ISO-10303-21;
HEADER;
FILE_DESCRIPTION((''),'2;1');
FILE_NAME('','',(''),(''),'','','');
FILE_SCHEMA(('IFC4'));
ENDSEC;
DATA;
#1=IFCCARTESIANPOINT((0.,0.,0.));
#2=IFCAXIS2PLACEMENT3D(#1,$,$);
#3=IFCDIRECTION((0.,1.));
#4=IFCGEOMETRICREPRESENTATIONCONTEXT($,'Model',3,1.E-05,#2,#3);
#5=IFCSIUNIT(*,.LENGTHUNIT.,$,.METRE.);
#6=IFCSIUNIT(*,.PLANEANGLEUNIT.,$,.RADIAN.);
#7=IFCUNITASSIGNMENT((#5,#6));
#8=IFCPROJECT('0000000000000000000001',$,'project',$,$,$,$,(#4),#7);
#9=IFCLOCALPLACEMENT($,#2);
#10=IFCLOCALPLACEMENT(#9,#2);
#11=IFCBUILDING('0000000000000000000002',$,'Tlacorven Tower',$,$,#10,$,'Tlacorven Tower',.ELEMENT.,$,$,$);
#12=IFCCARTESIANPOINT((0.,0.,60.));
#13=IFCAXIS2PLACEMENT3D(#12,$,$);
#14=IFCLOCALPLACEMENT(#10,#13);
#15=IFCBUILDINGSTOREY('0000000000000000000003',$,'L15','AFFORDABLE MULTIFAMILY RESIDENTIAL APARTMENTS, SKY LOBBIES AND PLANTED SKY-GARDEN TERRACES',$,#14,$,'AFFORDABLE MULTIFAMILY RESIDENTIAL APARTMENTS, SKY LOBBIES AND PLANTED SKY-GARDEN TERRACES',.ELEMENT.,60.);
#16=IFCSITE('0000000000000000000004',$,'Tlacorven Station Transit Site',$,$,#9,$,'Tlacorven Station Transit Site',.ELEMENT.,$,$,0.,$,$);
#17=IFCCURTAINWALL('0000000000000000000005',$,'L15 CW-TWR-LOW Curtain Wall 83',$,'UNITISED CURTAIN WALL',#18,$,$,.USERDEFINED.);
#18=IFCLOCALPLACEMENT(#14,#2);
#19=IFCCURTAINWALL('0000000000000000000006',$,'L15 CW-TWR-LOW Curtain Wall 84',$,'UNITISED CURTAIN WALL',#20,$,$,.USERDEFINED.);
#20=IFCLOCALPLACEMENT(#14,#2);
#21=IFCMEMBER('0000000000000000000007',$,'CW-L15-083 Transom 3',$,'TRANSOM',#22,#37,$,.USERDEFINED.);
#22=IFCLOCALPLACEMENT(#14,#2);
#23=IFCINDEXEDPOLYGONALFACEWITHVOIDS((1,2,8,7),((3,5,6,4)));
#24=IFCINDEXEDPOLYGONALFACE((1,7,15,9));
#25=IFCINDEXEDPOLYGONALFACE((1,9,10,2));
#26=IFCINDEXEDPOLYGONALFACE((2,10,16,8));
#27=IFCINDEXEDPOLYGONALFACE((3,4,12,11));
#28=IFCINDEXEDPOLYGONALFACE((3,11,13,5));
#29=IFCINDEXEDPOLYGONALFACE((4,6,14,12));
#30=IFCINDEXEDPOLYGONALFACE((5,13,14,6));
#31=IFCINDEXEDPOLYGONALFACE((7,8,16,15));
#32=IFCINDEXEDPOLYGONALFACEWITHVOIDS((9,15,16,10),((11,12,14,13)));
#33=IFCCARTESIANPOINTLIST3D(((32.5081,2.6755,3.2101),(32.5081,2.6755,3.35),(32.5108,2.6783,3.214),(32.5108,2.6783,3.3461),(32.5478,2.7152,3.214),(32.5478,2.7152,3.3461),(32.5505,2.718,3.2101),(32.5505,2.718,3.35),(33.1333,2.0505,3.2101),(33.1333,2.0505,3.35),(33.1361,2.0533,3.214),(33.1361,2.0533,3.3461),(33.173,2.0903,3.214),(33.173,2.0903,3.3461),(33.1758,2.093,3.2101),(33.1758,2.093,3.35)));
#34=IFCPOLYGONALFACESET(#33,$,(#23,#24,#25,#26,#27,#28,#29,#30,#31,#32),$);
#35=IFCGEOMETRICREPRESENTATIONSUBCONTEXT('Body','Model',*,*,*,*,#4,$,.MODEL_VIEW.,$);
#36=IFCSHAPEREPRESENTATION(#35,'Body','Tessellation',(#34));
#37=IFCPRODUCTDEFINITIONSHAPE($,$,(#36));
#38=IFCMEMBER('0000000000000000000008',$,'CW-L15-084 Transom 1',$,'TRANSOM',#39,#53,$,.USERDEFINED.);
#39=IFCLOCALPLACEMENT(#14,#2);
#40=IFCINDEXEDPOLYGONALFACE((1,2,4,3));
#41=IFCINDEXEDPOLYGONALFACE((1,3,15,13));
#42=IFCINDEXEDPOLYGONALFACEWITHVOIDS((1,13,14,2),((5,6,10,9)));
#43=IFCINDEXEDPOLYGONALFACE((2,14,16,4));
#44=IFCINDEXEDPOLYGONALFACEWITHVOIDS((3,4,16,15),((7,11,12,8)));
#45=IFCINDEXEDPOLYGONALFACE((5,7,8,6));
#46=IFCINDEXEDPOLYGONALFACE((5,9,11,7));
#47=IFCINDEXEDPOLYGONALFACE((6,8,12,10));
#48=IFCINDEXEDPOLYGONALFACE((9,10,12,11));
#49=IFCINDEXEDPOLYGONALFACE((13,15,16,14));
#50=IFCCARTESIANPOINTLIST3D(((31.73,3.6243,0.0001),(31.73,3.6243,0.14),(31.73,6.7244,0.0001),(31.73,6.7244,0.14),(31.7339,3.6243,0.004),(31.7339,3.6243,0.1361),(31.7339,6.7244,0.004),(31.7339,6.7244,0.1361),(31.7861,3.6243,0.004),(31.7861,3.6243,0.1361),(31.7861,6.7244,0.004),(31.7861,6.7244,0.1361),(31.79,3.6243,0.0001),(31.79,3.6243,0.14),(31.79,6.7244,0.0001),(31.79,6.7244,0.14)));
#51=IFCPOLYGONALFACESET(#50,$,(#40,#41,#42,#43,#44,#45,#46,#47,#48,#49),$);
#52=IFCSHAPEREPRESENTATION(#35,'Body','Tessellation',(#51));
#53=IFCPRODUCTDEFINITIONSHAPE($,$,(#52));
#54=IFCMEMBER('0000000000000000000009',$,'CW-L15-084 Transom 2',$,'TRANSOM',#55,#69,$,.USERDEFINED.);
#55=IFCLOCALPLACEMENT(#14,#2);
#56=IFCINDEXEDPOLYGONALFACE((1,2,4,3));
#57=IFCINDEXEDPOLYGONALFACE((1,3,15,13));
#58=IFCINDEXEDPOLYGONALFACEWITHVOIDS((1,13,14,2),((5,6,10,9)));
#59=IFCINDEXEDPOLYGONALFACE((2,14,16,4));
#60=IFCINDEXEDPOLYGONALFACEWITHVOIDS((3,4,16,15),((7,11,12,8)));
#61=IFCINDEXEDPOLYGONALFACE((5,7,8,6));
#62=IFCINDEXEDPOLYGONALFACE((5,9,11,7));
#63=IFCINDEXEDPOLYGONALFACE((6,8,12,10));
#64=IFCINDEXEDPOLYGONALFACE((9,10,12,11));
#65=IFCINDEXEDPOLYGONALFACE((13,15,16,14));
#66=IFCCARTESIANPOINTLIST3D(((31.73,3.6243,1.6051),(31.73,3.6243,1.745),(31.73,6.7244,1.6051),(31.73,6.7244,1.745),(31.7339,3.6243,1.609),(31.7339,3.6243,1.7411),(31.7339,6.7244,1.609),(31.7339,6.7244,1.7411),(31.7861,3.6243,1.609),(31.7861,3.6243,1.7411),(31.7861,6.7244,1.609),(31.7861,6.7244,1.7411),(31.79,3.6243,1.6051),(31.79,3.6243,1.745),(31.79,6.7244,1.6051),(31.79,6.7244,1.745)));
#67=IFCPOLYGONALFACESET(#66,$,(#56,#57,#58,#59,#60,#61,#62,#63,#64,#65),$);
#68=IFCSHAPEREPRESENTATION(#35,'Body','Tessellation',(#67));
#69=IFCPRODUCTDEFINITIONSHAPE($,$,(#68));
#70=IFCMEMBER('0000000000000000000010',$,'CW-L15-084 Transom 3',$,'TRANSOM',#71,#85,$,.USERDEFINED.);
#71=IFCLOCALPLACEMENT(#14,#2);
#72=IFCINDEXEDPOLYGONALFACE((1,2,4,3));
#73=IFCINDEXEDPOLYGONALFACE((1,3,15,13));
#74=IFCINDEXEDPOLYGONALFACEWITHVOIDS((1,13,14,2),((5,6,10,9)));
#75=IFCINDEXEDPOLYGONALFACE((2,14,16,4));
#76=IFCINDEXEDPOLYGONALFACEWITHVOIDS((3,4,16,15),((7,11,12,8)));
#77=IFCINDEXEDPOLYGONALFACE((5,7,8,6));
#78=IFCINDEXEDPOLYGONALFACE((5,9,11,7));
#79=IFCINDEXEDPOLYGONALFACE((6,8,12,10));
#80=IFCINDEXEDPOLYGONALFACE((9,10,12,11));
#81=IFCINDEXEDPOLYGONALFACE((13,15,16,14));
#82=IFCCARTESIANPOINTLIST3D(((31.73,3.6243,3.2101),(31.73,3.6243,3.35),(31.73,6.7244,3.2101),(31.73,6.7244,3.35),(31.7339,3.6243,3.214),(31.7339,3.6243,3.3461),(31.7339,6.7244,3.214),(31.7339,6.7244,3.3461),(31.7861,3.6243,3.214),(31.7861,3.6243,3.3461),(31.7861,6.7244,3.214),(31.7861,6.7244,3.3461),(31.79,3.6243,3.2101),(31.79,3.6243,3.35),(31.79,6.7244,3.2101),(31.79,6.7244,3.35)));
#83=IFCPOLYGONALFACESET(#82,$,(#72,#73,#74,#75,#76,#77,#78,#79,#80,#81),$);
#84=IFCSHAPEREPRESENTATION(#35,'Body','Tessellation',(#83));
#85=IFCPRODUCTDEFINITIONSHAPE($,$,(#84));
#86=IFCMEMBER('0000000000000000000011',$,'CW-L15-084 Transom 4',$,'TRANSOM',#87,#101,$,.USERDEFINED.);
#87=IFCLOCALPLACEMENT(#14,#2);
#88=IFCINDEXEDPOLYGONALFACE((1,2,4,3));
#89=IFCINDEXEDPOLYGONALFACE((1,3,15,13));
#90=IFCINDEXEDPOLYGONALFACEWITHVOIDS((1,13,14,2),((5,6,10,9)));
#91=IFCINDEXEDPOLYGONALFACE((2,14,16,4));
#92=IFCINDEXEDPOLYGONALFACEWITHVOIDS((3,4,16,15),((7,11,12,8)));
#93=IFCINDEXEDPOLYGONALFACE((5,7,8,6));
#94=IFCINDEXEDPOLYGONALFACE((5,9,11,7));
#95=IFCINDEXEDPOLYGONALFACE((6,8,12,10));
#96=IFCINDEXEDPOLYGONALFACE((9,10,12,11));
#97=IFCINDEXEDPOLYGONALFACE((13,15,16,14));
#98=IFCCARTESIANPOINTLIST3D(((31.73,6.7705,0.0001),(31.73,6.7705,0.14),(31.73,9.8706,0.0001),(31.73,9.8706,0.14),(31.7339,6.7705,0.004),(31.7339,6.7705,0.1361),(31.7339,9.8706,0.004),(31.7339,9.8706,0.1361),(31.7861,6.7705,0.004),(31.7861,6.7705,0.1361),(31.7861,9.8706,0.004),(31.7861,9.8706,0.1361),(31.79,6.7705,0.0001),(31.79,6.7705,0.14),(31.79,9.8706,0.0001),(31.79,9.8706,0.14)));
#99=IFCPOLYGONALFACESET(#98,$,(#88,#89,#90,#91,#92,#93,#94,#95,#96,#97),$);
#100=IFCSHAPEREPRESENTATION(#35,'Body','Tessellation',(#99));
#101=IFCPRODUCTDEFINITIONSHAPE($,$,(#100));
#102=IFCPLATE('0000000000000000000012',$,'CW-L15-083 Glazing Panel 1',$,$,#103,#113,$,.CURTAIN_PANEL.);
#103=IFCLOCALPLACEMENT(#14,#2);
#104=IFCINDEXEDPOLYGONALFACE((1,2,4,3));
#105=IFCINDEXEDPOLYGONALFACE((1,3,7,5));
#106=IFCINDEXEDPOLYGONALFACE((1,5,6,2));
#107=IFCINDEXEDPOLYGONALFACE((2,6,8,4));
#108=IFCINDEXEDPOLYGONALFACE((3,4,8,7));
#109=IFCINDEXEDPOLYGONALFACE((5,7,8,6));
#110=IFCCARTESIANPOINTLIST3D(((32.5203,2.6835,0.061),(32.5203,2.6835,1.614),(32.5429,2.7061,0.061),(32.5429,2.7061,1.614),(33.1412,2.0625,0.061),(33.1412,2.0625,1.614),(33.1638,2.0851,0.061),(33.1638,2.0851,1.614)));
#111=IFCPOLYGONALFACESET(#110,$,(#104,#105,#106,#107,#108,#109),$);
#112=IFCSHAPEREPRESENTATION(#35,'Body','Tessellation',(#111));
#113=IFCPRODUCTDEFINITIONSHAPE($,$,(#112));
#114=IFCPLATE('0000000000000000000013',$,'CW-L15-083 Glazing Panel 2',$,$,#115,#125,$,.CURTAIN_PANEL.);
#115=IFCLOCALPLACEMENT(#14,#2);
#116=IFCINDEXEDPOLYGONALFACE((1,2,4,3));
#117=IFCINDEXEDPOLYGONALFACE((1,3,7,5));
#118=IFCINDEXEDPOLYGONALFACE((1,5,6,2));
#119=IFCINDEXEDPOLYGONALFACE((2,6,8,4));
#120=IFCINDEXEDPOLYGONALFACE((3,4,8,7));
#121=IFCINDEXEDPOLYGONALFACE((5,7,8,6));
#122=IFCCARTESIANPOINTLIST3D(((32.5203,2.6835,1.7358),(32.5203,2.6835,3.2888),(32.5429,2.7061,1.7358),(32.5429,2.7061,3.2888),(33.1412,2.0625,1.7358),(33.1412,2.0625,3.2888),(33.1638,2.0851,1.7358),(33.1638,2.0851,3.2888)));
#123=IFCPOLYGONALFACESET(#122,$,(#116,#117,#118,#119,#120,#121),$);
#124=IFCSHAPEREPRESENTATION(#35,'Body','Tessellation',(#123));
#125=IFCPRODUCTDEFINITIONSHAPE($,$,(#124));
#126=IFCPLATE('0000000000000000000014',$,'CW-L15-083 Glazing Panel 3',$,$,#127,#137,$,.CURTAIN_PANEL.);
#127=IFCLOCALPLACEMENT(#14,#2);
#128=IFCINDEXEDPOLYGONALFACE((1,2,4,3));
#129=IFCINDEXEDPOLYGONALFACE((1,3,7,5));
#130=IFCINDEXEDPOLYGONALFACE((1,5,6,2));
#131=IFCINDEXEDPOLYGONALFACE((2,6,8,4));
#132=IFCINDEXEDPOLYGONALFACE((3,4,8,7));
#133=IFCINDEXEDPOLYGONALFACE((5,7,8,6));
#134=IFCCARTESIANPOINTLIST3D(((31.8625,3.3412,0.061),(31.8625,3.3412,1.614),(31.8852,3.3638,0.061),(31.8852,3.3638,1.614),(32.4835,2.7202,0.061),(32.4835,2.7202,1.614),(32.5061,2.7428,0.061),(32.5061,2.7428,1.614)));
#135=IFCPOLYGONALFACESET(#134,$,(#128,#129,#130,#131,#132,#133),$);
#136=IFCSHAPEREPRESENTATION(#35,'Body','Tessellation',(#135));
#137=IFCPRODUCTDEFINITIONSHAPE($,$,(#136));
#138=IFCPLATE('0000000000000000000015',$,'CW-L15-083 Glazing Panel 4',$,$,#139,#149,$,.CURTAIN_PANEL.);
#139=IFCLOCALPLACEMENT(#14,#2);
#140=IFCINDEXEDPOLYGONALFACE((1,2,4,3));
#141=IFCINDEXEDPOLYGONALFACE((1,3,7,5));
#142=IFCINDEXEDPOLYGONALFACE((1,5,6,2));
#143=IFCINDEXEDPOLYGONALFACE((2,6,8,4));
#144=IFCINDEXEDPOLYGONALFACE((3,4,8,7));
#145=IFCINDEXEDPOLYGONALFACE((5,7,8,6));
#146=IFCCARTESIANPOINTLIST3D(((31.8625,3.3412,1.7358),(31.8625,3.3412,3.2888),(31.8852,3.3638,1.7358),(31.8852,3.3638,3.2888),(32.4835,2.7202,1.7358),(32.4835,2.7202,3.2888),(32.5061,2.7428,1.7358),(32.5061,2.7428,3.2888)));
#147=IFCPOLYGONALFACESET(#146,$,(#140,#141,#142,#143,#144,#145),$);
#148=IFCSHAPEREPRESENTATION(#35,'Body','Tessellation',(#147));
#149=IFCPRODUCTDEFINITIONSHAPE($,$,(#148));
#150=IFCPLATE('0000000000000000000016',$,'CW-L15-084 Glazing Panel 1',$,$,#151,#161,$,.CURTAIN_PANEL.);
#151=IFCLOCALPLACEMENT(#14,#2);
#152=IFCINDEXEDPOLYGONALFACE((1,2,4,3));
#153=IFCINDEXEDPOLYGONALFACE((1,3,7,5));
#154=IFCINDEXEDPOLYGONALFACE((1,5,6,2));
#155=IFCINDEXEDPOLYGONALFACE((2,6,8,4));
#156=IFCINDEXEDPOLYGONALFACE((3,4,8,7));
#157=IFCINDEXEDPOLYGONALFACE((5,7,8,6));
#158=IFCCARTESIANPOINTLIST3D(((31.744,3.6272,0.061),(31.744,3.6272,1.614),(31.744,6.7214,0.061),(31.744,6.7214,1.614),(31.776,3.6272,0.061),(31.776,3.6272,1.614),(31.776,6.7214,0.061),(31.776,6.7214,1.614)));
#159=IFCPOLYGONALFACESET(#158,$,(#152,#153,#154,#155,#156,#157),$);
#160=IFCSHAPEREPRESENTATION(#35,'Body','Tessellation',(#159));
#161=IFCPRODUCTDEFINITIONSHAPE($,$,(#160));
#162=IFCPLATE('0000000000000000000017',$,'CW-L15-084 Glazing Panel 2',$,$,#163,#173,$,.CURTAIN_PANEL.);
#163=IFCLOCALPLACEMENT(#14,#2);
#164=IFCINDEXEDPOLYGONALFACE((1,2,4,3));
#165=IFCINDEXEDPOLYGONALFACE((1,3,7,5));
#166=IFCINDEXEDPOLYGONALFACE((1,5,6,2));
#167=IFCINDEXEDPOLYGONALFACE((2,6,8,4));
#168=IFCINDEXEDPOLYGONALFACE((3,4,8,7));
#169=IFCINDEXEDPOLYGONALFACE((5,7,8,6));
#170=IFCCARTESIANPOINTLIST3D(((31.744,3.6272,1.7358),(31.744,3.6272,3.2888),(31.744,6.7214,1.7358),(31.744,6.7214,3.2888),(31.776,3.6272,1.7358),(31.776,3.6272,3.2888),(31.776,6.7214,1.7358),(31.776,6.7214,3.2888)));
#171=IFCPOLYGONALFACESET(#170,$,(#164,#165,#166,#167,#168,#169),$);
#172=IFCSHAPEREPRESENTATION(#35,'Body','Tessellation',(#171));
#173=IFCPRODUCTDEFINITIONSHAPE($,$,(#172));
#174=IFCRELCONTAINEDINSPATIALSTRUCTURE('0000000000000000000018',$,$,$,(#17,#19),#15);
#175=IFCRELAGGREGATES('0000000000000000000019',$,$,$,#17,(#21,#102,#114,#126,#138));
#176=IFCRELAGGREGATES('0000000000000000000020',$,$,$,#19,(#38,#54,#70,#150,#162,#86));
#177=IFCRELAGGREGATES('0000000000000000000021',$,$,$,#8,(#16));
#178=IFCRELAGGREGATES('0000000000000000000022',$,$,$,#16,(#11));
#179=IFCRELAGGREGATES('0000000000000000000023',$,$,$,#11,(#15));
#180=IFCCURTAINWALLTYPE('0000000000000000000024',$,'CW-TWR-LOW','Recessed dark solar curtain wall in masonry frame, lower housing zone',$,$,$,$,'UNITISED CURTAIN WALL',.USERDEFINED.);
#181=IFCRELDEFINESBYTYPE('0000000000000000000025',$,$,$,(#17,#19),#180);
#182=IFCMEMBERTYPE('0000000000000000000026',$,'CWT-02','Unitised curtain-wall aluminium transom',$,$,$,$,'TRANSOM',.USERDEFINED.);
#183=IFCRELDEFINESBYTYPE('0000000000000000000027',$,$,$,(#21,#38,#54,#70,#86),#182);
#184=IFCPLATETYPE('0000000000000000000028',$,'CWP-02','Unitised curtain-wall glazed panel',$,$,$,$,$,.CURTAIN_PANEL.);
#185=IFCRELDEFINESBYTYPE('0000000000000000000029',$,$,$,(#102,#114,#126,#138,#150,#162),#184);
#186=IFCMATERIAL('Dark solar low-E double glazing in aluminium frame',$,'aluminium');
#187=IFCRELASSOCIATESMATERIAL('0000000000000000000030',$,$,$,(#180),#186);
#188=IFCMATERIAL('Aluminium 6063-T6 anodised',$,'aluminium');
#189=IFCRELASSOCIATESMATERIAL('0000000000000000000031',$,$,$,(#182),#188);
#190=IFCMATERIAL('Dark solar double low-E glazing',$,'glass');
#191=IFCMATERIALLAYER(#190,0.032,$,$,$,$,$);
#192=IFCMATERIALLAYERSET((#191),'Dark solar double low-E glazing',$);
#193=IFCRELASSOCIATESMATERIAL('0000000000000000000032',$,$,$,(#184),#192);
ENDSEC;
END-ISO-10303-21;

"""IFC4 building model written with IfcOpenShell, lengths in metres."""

from ifc_helpers import new_model, si_unit, direction, frame, origin, origin_2d, place, context, subcontext, project, spatial, rectangle, hollow_rectangle, extrude, source, transform, mapped, material, layer, layer_set, material_profile, profile_set, type_object, element, aggregate, save


model = new_model("IFC4")

# Units and contexts
model_context = context("Model", 3, precision=1e-05, world=origin(), true_north=direction((0.0, 1.0)))
body_context = subcontext(model_context, "Body", "Model", "MODEL_VIEW")
ifc_project = project(units=[si_unit("LENGTHUNIT", "METRE"), si_unit("PLANEANGLEUNIT", "RADIAN")], contexts=[model_context])

# Site, building, storey
site_placement = place(None, origin())
site = spatial("IfcSite", under=ifc_project, at=site_placement, Name="Tlacorven Station Transit Site", LongName="Tlacorven Station Transit Site", CompositionType="ELEMENT", RefElevation=0.0)
building_placement = place(site_placement, origin())
building = spatial("IfcBuilding", under=site, at=building_placement, Name="Tlacorven Tower", LongName="Tlacorven Tower", CompositionType="ELEMENT")
storey_placement = place(building_placement, frame((0.0, 0.0, 60.0)))
storey = spatial("IfcBuildingStorey", under=building, at=storey_placement, Name="L15", Description="AFFORDABLE MULTIFAMILY RESIDENTIAL APARTMENTS, SKY LOBBIES AND PLANTED SKY-GARDEN TERRACES", LongName="AFFORDABLE MULTIFAMILY RESIDENTIAL APARTMENTS, SKY LOBBIES AND PLANTED SKY-GARDEN TERRACES", CompositionType="ELEMENT", Elevation=60.0)

# Shared definitions
ifc_material_1 = material(Name="Dark solar low-E double glazing in aluminium frame", Category="aluminium")
curtain_wall_type = type_object("IfcCurtainWallType", Name="CW-TWR-LOW", Description="Recessed dark solar curtain wall in masonry frame, lower housing zone", ElementType="UNITISED CURTAIN WALL", PredefinedType="USERDEFINED", material=ifc_material_1)
ifc_material_2 = material(Name="Aluminium 6063-T6 anodised", Category="aluminium")

# Curtain walls
curtain_wall_1_placement = place(storey_placement, origin())
curtain_wall_1 = element("IfcCurtainWall", 1, at=curtain_wall_1_placement, inside=storey, type_object=curtain_wall_type, Name="L15 CW-TWR-LOW Curtain Wall 83", ObjectType="UNITISED CURTAIN WALL", PredefinedType="USERDEFINED")
curtain_wall_2_placement = place(storey_placement, origin())
curtain_wall_2 = element("IfcCurtainWall", 2, at=curtain_wall_2_placement, inside=storey, type_object=curtain_wall_type, Name="L15 CW-TWR-LOW Curtain Wall 84", ObjectType="UNITISED CURTAIN WALL", PredefinedType="USERDEFINED")

# Members
ifc_material_profile_1 = material_profile(ifc_material_2, hollow_rectangle(XDim=0.0601, YDim=0.1399, WallThickness=0.0039, at=origin_2d()), Name="ALU TRANSOM 60X140")
ifc_profile_set_1 = profile_set([ifc_material_profile_1], Name="Aluminium 6063-T6 anodised")
member_type_1 = type_object("IfcMemberType", Name="CWT-02", Description="Unitised curtain-wall aluminium transom", ElementType="TRANSOM", PredefinedType="USERDEFINED", material=ifc_profile_set_1)
shared_shape_1 = source(origin(), body_context, "Body", "SweptSolid", [
    extrude(hollow_rectangle(XDim=0.0601, YDim=0.1399, WallThickness=0.0039, at=origin_2d()), origin(), (0.0, 0.0, 1.0), 0.884),
])
member_1_placement = place(storey_placement, frame((33.1545, 2.0718, 3.28), z_axis=(-0.707245, 0.706969, 0.0), x_axis=(-0.706969, -0.707245, 0.0)))
member_1 = element("IfcMember", 3, at=member_1_placement, type_object=member_type_1, Name="CW-L15-083 Transom 3", ObjectType="TRANSOM", PredefinedType="USERDEFINED", context=body_context, shape_type="MappedRepresentation", body=[
    mapped(shared_shape_1, transform((0.0, 0.0, 0.0), scale=1.0)),
])
shared_shape_2 = source(origin(), body_context, "Body", "SweptSolid", [
    extrude(hollow_rectangle(XDim=0.0601, YDim=0.1399, WallThickness=0.0039, at=origin_2d()), origin(), (0.0, 0.0, 1.0), 3.1001),
])
member_2_placement = place(storey_placement, frame((31.76, 3.6243, 0.0701), z_axis=(0.0, 1.0, 0.0), x_axis=(-1.0, 0.0, 0.0)))
member_2 = element("IfcMember", 4, at=member_2_placement, type_object=member_type_1, Name="CW-L15-084 Transom 1", ObjectType="TRANSOM", PredefinedType="USERDEFINED", context=body_context, shape_type="MappedRepresentation", body=[
    mapped(shared_shape_2, transform((0.0, 0.0, 0.0), scale=1.0)),
])
member_3_placement = place(storey_placement, frame((31.76, 3.6243, 1.675), z_axis=(0.0, 1.0, 0.0), x_axis=(-1.0, 0.0, 0.0)))
member_3 = element("IfcMember", 5, at=member_3_placement, type_object=member_type_1, Name="CW-L15-084 Transom 2", ObjectType="TRANSOM", PredefinedType="USERDEFINED", context=body_context, shape_type="MappedRepresentation", body=[
    mapped(shared_shape_2, transform((0.0, 0.0, 0.0), scale=1.0)),
])
member_4_placement = place(storey_placement, frame((31.76, 3.6243, 3.28), z_axis=(0.0, 1.0, 0.0), x_axis=(-1.0, 0.0, 0.0)))
member_4 = element("IfcMember", 6, at=member_4_placement, type_object=member_type_1, Name="CW-L15-084 Transom 3", ObjectType="TRANSOM", PredefinedType="USERDEFINED", context=body_context, shape_type="MappedRepresentation", body=[
    mapped(shared_shape_2, transform((0.0, 0.0, 0.0), scale=1.0)),
])
member_5_placement = place(storey_placement, frame((31.76, 6.7705, 0.0701), z_axis=(0.0, 1.0, 0.0), x_axis=(-1.0, 0.0, 0.0)))
member_5 = element("IfcMember", 7, at=member_5_placement, type_object=member_type_1, Name="CW-L15-084 Transom 4", ObjectType="TRANSOM", PredefinedType="USERDEFINED", context=body_context, shape_type="MappedRepresentation", body=[
    mapped(shared_shape_2, transform((0.0, 0.0, 0.0), scale=1.0)),
])

# Plates
ifc_material_3 = material(Name="Dark solar double low-E glazing", Category="glass")
ifc_layer = layer(ifc_material_3, 0.032)
ifc_layer_set = layer_set([ifc_layer], Name="Dark solar double low-E glazing")
plate_type = type_object("IfcPlateType", Name="CWP-02", Description="Unitised curtain-wall glazed panel", PredefinedType="CURTAIN_PANEL", material=ifc_layer_set)
shared_shape_3 = source(origin(), body_context, "Body", "SweptSolid", [
    extrude(rectangle(XDim=0.8782, YDim=0.032, at=origin_2d()), origin(), (0.0, 0.0, 1.0), 1.553),
])
plate_1_placement = place(storey_placement, frame((32.842, 2.3843, 0.061), z_axis=(0.0, 0.0, 1.0), x_axis=(-0.707107, 0.707107, 0.0)))
plate_1 = element("IfcPlate", 8, at=plate_1_placement, type_object=plate_type, Name="CW-L15-083 Glazing Panel 1", PredefinedType="CURTAIN_PANEL", context=body_context, shape_type="MappedRepresentation", body=[
    mapped(shared_shape_3, transform((0.0, 0.0, 0.0), scale=1.0)),
])
plate_2_placement = place(storey_placement, frame((32.842, 2.3843, 1.7358), z_axis=(0.0, 0.0, 1.0), x_axis=(-0.707107, 0.707107, 0.0)))
plate_2 = element("IfcPlate", 9, at=plate_2_placement, type_object=plate_type, Name="CW-L15-083 Glazing Panel 2", PredefinedType="CURTAIN_PANEL", context=body_context, shape_type="MappedRepresentation", body=[
    mapped(shared_shape_3, transform((0.0, 0.0, 0.0), scale=1.0)),
])
plate_3_placement = place(storey_placement, frame((32.1843, 3.042, 0.061), z_axis=(0.0, 0.0, 1.0), x_axis=(-0.707107, 0.707107, 0.0)))
plate_3 = element("IfcPlate", 10, at=plate_3_placement, type_object=plate_type, Name="CW-L15-083 Glazing Panel 3", PredefinedType="CURTAIN_PANEL", context=body_context, shape_type="MappedRepresentation", body=[
    mapped(shared_shape_3, transform((0.0, 0.0, 0.0), scale=1.0)),
])
plate_4_placement = place(storey_placement, frame((32.1843, 3.042, 1.7358), z_axis=(0.0, 0.0, 1.0), x_axis=(-0.707107, 0.707107, 0.0)))
plate_4 = element("IfcPlate", 11, at=plate_4_placement, type_object=plate_type, Name="CW-L15-083 Glazing Panel 4", PredefinedType="CURTAIN_PANEL", context=body_context, shape_type="MappedRepresentation", body=[
    mapped(shared_shape_3, transform((0.0, 0.0, 0.0), scale=1.0)),
])
aggregate(curtain_wall_1, [member_1, plate_1, plate_2, plate_3, plate_4])
shared_shape_4 = source(origin(), body_context, "Body", "SweptSolid", [
    extrude(rectangle(XDim=3.0942, YDim=0.032, at=origin_2d()), origin(), (0.0, 0.0, 1.0), 1.553),
])
plate_5_placement = place(storey_placement, frame((31.76, 5.1743, 0.061), z_axis=(0.0, 0.0, 1.0), x_axis=(0.0, 1.0, 0.0)))
plate_5 = element("IfcPlate", 12, at=plate_5_placement, type_object=plate_type, Name="CW-L15-084 Glazing Panel 1", PredefinedType="CURTAIN_PANEL", context=body_context, shape_type="MappedRepresentation", body=[
    mapped(shared_shape_4, transform((0.0, 0.0, 0.0), scale=1.0)),
])
plate_6_placement = place(storey_placement, frame((31.76, 5.1743, 1.7358), z_axis=(0.0, 0.0, 1.0), x_axis=(0.0, 1.0, 0.0)))
plate_6 = element("IfcPlate", 13, at=plate_6_placement, type_object=plate_type, Name="CW-L15-084 Glazing Panel 2", PredefinedType="CURTAIN_PANEL", context=body_context, shape_type="MappedRepresentation", body=[
    mapped(shared_shape_4, transform((0.0, 0.0, 0.0), scale=1.0)),
])
aggregate(curtain_wall_2, [member_2, member_3, member_4, plate_5, plate_6, member_5])

save(model, "model.ifc")
